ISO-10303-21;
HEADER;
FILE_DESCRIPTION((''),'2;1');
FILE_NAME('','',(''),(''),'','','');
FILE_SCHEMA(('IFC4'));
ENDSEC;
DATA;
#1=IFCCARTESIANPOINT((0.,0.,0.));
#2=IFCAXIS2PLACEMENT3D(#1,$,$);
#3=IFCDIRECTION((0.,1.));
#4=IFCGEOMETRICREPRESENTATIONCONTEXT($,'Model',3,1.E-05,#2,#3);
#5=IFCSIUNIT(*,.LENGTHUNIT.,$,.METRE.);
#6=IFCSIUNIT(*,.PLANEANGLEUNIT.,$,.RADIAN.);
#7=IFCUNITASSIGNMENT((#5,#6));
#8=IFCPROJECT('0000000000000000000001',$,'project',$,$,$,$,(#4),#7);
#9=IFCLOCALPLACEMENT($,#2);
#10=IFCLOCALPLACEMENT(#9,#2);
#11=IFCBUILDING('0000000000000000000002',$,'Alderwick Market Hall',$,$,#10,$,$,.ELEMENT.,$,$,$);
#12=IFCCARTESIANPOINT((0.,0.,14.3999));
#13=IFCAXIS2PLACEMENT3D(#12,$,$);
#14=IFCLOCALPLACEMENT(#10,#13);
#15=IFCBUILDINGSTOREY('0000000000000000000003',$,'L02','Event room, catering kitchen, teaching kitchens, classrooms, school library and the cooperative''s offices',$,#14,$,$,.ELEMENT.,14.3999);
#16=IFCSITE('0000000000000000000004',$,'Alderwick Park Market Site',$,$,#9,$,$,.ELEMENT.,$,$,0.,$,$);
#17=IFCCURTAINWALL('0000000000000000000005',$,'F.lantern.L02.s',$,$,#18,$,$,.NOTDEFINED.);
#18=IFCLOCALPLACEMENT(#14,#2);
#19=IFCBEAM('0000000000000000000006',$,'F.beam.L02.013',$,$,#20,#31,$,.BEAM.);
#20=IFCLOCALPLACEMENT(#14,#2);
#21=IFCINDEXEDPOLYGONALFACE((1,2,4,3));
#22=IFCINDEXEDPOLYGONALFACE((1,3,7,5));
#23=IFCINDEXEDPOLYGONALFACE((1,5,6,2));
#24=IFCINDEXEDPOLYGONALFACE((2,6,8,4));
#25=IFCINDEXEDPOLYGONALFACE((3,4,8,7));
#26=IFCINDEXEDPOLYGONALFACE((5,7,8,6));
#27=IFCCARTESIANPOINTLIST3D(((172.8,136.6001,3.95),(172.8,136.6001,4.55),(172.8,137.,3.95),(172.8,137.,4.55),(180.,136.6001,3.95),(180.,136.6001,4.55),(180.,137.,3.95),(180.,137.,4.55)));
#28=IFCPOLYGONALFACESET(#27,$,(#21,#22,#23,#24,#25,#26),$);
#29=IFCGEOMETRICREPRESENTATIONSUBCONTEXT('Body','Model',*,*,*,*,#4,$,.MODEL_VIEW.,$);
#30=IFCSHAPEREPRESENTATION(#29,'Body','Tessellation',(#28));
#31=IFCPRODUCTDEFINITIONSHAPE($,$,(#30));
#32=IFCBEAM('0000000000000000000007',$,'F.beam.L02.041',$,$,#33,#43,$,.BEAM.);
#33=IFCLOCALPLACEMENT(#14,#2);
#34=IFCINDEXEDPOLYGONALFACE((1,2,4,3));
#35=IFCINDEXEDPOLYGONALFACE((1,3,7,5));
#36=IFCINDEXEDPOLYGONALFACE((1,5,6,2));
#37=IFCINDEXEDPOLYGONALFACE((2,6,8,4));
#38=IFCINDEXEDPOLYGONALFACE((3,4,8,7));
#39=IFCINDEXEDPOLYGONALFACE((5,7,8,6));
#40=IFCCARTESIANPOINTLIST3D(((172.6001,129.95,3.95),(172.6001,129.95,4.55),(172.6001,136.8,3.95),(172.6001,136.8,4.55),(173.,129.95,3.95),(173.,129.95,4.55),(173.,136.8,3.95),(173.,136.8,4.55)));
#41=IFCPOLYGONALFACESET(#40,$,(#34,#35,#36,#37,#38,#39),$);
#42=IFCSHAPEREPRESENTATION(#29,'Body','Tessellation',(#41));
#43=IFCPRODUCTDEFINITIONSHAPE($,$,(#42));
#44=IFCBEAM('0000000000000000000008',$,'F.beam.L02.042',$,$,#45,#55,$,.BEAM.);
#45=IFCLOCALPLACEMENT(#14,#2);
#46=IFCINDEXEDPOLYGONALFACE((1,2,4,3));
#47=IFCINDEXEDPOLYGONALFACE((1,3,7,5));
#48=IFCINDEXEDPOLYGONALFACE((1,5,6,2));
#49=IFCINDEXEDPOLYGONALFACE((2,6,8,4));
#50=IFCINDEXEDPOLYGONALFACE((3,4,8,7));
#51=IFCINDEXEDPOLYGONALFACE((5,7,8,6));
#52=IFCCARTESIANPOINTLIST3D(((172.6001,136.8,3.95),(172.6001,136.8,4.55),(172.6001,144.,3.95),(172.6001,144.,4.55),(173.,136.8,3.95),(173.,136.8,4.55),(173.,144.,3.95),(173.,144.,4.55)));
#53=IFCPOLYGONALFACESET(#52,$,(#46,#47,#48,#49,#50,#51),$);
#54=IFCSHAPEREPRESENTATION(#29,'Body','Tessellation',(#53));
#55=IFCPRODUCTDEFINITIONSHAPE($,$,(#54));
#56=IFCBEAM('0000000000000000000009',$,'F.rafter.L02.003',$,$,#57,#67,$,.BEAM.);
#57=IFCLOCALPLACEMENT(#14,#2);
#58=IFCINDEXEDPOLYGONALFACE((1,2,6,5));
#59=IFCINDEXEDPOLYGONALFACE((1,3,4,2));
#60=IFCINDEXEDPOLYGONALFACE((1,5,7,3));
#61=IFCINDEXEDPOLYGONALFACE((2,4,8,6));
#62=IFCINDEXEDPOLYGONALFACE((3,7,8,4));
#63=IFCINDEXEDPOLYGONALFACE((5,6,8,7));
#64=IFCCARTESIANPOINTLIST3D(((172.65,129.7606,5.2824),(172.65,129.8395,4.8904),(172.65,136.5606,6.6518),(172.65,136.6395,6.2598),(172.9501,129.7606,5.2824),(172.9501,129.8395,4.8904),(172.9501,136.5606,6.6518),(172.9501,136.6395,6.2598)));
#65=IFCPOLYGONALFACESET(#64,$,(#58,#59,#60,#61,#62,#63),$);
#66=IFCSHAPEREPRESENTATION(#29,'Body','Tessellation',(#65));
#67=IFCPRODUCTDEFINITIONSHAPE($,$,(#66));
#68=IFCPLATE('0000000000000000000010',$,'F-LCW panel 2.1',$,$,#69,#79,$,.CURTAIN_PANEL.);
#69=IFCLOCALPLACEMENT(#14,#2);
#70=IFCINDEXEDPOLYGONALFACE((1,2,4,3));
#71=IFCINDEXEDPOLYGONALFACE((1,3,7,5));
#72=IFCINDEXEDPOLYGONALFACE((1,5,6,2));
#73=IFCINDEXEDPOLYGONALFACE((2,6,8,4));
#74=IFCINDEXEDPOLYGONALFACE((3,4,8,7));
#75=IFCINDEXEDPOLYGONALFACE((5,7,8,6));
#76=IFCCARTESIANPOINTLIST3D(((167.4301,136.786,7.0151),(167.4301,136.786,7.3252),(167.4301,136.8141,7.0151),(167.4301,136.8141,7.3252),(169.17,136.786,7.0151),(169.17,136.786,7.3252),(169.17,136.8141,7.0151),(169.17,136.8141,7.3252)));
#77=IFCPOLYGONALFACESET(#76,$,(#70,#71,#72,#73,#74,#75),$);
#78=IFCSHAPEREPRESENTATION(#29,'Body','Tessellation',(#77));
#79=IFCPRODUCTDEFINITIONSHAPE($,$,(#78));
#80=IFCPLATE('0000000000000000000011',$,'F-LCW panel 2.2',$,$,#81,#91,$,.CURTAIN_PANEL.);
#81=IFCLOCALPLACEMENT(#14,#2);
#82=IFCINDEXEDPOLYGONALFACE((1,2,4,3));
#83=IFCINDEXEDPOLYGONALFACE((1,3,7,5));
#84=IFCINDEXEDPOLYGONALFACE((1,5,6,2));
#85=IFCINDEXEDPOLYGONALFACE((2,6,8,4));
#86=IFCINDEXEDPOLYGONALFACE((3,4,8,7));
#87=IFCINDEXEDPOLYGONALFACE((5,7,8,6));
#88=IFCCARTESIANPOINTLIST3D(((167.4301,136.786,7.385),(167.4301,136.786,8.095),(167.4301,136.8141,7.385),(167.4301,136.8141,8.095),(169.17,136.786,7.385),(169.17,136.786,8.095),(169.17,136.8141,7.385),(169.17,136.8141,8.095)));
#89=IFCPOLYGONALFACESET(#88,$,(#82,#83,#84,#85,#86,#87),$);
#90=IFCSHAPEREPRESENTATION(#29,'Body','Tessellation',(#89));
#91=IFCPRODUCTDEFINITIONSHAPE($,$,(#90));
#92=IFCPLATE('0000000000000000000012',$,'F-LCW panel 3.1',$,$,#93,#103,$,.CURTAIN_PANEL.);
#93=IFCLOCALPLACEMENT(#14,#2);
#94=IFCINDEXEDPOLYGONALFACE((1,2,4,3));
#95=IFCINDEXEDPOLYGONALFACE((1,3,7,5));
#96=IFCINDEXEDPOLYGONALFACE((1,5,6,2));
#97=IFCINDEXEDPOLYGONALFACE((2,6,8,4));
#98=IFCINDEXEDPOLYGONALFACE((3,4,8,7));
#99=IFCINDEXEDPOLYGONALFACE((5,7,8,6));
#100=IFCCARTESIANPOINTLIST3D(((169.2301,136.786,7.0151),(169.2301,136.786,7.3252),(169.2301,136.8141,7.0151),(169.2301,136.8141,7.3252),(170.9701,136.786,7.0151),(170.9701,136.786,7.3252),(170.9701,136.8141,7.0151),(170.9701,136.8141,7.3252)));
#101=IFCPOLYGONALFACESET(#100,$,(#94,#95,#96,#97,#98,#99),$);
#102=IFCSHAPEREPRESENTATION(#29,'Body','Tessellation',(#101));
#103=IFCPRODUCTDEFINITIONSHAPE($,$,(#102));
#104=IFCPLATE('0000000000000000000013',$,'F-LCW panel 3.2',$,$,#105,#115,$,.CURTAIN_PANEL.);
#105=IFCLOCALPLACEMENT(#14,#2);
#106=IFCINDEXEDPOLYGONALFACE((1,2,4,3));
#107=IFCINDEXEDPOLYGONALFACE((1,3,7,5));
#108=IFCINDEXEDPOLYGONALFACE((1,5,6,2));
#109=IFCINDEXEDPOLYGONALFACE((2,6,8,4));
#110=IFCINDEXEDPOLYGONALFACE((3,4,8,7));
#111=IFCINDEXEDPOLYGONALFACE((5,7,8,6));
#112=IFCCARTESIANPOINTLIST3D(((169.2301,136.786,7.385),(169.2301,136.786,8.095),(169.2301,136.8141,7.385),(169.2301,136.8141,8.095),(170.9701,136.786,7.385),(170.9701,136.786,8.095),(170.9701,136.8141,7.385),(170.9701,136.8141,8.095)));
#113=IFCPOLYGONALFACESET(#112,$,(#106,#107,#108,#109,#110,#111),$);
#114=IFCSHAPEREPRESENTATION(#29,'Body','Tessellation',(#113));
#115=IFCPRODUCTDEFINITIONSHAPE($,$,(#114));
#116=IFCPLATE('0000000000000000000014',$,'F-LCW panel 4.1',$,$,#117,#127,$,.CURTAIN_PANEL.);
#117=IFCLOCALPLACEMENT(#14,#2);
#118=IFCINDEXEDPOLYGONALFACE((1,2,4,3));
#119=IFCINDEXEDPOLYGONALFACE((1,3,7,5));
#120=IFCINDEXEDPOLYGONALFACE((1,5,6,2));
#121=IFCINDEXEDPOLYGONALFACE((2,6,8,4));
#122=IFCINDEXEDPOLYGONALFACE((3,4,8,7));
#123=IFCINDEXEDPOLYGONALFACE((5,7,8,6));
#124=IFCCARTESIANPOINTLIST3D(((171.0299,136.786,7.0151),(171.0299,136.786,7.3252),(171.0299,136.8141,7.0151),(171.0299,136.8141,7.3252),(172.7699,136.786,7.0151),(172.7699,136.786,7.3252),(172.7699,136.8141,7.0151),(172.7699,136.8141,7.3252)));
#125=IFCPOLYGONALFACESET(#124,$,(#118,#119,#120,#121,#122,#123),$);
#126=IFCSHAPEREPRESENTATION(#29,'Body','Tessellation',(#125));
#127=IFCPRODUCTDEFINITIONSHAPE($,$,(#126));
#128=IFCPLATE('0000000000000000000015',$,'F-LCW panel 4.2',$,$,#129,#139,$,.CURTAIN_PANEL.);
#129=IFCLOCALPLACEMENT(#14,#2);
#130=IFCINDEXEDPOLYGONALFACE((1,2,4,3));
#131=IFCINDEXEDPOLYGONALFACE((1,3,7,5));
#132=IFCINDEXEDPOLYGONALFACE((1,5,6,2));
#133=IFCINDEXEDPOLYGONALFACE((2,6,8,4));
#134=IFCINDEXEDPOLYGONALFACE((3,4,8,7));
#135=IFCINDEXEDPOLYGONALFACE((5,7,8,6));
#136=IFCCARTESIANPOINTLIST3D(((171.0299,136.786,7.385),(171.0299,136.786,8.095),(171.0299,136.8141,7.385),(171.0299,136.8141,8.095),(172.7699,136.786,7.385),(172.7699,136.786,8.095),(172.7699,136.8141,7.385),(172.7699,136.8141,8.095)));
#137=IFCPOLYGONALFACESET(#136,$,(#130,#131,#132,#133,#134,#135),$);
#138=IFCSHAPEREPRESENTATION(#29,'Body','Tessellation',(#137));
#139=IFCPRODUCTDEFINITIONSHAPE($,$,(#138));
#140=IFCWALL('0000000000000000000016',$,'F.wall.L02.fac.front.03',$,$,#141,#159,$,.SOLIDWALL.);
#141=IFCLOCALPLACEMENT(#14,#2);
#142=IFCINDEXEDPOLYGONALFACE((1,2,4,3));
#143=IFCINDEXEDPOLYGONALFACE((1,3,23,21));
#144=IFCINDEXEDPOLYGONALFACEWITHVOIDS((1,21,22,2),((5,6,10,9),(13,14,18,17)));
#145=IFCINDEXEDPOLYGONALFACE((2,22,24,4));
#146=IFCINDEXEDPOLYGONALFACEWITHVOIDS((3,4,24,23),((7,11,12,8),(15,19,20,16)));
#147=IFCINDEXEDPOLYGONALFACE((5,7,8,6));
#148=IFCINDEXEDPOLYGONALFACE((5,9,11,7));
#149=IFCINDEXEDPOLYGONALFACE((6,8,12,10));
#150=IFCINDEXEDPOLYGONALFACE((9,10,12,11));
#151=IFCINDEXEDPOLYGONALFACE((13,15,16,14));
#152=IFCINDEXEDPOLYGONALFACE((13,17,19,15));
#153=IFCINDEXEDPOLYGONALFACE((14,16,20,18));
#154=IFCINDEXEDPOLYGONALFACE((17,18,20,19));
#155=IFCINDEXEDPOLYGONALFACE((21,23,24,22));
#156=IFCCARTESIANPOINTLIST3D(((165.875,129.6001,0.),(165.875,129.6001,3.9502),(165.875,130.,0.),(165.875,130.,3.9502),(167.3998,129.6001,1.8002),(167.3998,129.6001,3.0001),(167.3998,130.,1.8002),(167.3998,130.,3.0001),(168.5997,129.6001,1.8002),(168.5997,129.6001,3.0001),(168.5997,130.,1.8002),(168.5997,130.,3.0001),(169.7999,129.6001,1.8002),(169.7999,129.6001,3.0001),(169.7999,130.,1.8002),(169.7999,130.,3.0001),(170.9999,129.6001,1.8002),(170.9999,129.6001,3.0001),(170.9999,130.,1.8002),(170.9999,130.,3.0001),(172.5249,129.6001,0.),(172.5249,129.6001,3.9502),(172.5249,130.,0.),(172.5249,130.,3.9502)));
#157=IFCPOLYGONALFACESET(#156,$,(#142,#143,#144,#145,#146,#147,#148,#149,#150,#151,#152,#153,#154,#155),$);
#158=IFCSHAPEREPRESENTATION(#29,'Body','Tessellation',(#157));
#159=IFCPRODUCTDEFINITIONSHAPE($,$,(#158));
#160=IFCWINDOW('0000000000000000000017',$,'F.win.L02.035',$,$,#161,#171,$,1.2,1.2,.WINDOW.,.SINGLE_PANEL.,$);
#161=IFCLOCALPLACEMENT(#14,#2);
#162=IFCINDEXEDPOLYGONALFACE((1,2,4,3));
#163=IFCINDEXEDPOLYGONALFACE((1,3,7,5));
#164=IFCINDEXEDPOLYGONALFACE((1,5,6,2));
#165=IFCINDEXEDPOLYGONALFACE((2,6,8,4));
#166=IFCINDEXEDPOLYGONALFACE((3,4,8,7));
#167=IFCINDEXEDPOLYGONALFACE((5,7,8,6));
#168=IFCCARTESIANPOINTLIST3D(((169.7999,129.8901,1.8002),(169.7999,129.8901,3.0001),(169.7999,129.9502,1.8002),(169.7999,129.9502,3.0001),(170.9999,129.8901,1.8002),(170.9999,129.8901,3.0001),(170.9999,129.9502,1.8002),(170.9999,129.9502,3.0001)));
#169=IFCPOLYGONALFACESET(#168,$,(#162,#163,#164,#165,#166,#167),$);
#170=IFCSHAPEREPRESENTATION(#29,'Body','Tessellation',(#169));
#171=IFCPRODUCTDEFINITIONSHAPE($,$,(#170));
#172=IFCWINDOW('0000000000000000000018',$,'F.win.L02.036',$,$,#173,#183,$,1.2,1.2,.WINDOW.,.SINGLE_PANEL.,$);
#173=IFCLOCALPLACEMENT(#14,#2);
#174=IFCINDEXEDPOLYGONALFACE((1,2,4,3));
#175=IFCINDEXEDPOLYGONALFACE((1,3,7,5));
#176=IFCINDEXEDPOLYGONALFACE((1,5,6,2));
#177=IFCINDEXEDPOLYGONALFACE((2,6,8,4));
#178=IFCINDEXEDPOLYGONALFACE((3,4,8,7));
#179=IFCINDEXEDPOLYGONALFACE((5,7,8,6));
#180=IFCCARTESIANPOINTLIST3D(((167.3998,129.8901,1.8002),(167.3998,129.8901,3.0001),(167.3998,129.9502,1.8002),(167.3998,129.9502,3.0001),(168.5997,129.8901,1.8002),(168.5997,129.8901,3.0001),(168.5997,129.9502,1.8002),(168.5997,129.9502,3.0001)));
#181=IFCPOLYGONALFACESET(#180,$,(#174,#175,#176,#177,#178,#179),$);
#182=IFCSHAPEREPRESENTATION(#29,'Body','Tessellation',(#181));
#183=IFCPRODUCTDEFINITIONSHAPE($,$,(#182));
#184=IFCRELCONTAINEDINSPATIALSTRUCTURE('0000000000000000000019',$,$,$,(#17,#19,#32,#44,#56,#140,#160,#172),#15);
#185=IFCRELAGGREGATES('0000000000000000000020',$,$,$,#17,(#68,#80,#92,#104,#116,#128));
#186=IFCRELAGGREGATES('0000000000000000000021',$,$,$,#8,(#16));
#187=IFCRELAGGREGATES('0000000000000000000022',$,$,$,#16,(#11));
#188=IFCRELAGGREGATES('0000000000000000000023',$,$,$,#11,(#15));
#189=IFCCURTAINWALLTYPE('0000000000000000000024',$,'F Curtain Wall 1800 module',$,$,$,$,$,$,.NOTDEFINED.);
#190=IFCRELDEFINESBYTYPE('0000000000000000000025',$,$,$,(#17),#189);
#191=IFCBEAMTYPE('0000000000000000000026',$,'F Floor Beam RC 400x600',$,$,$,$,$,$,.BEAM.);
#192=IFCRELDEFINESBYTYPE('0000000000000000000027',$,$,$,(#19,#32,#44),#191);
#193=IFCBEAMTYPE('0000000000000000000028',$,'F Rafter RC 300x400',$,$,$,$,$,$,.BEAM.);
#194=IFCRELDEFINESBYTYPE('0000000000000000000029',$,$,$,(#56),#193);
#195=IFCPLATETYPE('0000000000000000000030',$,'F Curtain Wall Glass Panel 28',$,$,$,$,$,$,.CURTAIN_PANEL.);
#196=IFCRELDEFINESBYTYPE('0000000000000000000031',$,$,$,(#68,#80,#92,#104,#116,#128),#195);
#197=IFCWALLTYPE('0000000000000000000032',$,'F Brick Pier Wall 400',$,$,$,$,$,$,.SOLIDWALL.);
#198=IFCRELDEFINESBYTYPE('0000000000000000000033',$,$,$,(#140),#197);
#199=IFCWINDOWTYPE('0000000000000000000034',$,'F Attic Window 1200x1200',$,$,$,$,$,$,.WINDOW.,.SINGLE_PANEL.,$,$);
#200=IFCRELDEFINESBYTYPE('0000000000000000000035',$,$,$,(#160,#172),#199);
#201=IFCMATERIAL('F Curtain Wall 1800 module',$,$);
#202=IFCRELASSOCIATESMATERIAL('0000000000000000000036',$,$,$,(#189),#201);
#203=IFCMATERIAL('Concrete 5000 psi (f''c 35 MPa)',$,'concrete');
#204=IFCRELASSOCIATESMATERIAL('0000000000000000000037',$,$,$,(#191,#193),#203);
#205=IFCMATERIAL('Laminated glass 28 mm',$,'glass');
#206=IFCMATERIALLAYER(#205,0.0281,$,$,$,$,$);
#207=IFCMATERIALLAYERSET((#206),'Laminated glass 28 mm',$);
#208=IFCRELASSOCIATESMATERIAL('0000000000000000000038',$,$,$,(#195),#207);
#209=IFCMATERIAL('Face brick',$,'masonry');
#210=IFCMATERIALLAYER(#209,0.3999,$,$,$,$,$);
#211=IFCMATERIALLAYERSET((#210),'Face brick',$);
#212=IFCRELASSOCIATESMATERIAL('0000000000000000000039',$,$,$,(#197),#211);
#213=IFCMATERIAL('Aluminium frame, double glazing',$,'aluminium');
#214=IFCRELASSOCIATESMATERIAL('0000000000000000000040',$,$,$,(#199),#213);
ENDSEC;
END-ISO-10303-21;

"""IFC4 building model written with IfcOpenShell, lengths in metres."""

from ifc_helpers import new_model, si_unit, direction, frame, frame_2d, origin, origin_2d, place, context, subcontext, project, spatial, rectangle, extrude, material, layer, layer_set, material_profile, profile_set, type_object, element, fill, aggregate, save


model = new_model("IFC4")

# Units and contexts
model_context = context("Model", 3, precision=1e-05, world=origin(), true_north=direction((0.0, 1.0)))
body_context = subcontext(model_context, "Body", "Model", "MODEL_VIEW")
ifc_project = project(units=[si_unit("LENGTHUNIT", "METRE"), si_unit("PLANEANGLEUNIT", "RADIAN")], contexts=[model_context])

# Site, building, storey
site_placement = place(None, origin())
site = spatial("IfcSite", under=ifc_project, at=site_placement, Name="Alderwick Park Market Site", CompositionType="ELEMENT", RefElevation=0.0)
building_placement = place(site_placement, origin())
building = spatial("IfcBuilding", under=site, at=building_placement, Name="Alderwick Market Hall", CompositionType="ELEMENT")
storey_placement = place(building_placement, frame((0.0, 0.0, 14.3999)))
storey = spatial("IfcBuildingStorey", under=building, at=storey_placement, Name="L02", Description="Event room, catering kitchen, teaching kitchens, classrooms, school library and the cooperative's offices", CompositionType="ELEMENT", Elevation=14.3999)

# Shared definitions
ifc_material_1 = material(Name="Concrete 5000 psi (f'c 35 MPa)", Category="concrete")

# Curtain wall
ifc_material_2 = material(Name="F Curtain Wall 1800 module")
curtain_wall_type = type_object("IfcCurtainWallType", Name="F Curtain Wall 1800 module", PredefinedType="NOTDEFINED", material=ifc_material_2)
curtain_wall_placement = place(storey_placement, origin())
curtain_wall = element("IfcCurtainWall", 1, at=curtain_wall_placement, inside=storey, type_object=curtain_wall_type, Name="F.lantern.L02.s", PredefinedType="NOTDEFINED")

# Beams
ifc_material_profile_1 = material_profile(ifc_material_1, rectangle(XDim=0.3999, YDim=0.6001, at=origin_2d()), Name="RC 400x600")
ifc_profile_set_1 = profile_set([ifc_material_profile_1], Name="Concrete 5000 psi (f'c 35 MPa)")
beam_type_1 = type_object("IfcBeamType", Name="F Floor Beam RC 400x600", PredefinedType="BEAM", material=ifc_profile_set_1)
for number, where, z_axis, x_axis, name in (
    (2, (172.8, 136.8, 4.25), (1.0, 0.0, 0.0), (0.0, 1.0, 0.0), "F.beam.L02.013"),
):
    element("IfcBeam", number, at=place(storey_placement, frame(where, z_axis=z_axis, x_axis=x_axis)), inside=storey, type_object=beam_type_1, Name=name, PredefinedType="BEAM", context=body_context, shape_type="SweptSolid", body=[
        extrude(rectangle(XDim=0.3999, YDim=0.6001, at=origin_2d()), origin(), (0.0, 0.0, 1.0), 7.2),
    ])
beam_1_placement = place(storey_placement, frame((172.8, 129.95, 4.25), z_axis=(0.0, 1.0, 0.0), x_axis=(-1.0, 0.0, 0.0)))
element("IfcBeam", 3, at=beam_1_placement, inside=storey, type_object=beam_type_1, Name="F.beam.L02.041", PredefinedType="BEAM", context=body_context, shape_type="SweptSolid", body=[
    extrude(rectangle(XDim=0.3999, YDim=0.6001, at=origin_2d()), origin(), (0.0, 0.0, 1.0), 6.8501),
])
beam_2_placement = place(storey_placement, frame((172.8, 136.8, 4.25), z_axis=(0.0, 1.0, 0.0), x_axis=(-1.0, 0.0, 0.0)))
element("IfcBeam", 4, at=beam_2_placement, inside=storey, type_object=beam_type_1, Name="F.beam.L02.042", PredefinedType="BEAM", context=body_context, shape_type="SweptSolid", body=[
    extrude(rectangle(XDim=0.3999, YDim=0.6001, at=origin_2d()), origin(), (0.0, 0.0, 1.0), 7.2),
])
ifc_material_profile_2 = material_profile(ifc_material_1, rectangle(XDim=0.3, YDim=0.3999, at=origin_2d()), Name="RC 300x400")
ifc_profile_set_2 = profile_set([ifc_material_profile_2], Name="Concrete 5000 psi (f'c 35 MPa)")
beam_type_2 = type_object("IfcBeamType", Name="F Rafter RC 300x400", PredefinedType="BEAM", material=ifc_profile_set_2)
beam_3_placement = place(storey_placement, frame((172.8, 129.8, 5.0864), z_axis=(0.0, 0.98032, 0.197416), x_axis=(-1.0, 0.0, 0.0)))
element("IfcBeam", 5, at=beam_3_placement, inside=storey, type_object=beam_type_2, Name="F.rafter.L02.003", PredefinedType="BEAM", context=body_context, shape_type="SweptSolid", body=[
    extrude(rectangle(XDim=0.3, YDim=0.3999, at=origin_2d()), origin(), (0.0, 0.0, 1.0), 6.9365),
])

# Plates
ifc_material_3 = material(Name="Laminated glass 28 mm", Category="glass")
ifc_layer_1 = layer(ifc_material_3, 0.0281)
ifc_layer_set_1 = layer_set([ifc_layer_1], Name="Laminated glass 28 mm")
plate_type = type_object("IfcPlateType", Name="F Curtain Wall Glass Panel 28", PredefinedType="CURTAIN_PANEL", material=ifc_layer_set_1)
plate_1_placement = place(storey_placement, frame((168.3, 136.8, 7.0151), z_axis=(0.0, 0.0, 1.0), x_axis=(1.0, 0.0, 0.0)))
plate_1 = element("IfcPlate", 6, at=plate_1_placement, type_object=plate_type, Name="F-LCW panel 2.1", PredefinedType="CURTAIN_PANEL", context=body_context, shape_type="SweptSolid", body=[
    extrude(rectangle(XDim=1.74, YDim=0.0281, at=origin_2d()), origin(), (0.0, 0.0, 1.0), 0.3101),
])
plate_2_placement = place(storey_placement, frame((168.3, 136.8, 7.385), z_axis=(0.0, 0.0, 1.0), x_axis=(1.0, 0.0, 0.0)))
plate_2 = element("IfcPlate", 7, at=plate_2_placement, type_object=plate_type, Name="F-LCW panel 2.2", PredefinedType="CURTAIN_PANEL", context=body_context, shape_type="SweptSolid", body=[
    extrude(rectangle(XDim=1.74, YDim=0.0281, at=origin_2d()), origin(), (0.0, 0.0, 1.0), 0.71),
])
plate_3_placement = place(storey_placement, frame((170.1001, 136.8, 7.0151), z_axis=(0.0, 0.0, 1.0), x_axis=(1.0, 0.0, 0.0)))
plate_3 = element("IfcPlate", 8, at=plate_3_placement, type_object=plate_type, Name="F-LCW panel 3.1", PredefinedType="CURTAIN_PANEL", context=body_context, shape_type="SweptSolid", body=[
    extrude(rectangle(XDim=1.74, YDim=0.0281, at=origin_2d()), origin(), (0.0, 0.0, 1.0), 0.3101),
])
plate_4_placement = place(storey_placement, frame((170.1001, 136.8, 7.385), z_axis=(0.0, 0.0, 1.0), x_axis=(1.0, 0.0, 0.0)))
plate_4 = element("IfcPlate", 9, at=plate_4_placement, type_object=plate_type, Name="F-LCW panel 3.2", PredefinedType="CURTAIN_PANEL", context=body_context, shape_type="SweptSolid", body=[
    extrude(rectangle(XDim=1.74, YDim=0.0281, at=origin_2d()), origin(), (0.0, 0.0, 1.0), 0.71),
])
plate_5_placement = place(storey_placement, frame((171.8999, 136.8, 7.0151), z_axis=(0.0, 0.0, 1.0), x_axis=(1.0, 0.0, 0.0)))
plate_5 = element("IfcPlate", 10, at=plate_5_placement, type_object=plate_type, Name="F-LCW panel 4.1", PredefinedType="CURTAIN_PANEL", context=body_context, shape_type="SweptSolid", body=[
    extrude(rectangle(XDim=1.74, YDim=0.0281, at=origin_2d()), origin(), (0.0, 0.0, 1.0), 0.3101),
])
plate_6_placement = place(storey_placement, frame((171.8999, 136.8, 7.385), z_axis=(0.0, 0.0, 1.0), x_axis=(1.0, 0.0, 0.0)))
plate_6 = element("IfcPlate", 11, at=plate_6_placement, type_object=plate_type, Name="F-LCW panel 4.2", PredefinedType="CURTAIN_PANEL", context=body_context, shape_type="SweptSolid", body=[
    extrude(rectangle(XDim=1.74, YDim=0.0281, at=origin_2d()), origin(), (0.0, 0.0, 1.0), 0.71),
])
aggregate(curtain_wall, [plate_1, plate_2, plate_3, plate_4, plate_5, plate_6])

# Wall, openings, windows
ifc_material_4 = material(Name="Face brick", Category="masonry")
ifc_layer_2 = layer(ifc_material_4, 0.3999)
ifc_layer_set_2 = layer_set([ifc_layer_2], Name="Face brick")
wall_type = type_object("IfcWallType", Name="F Brick Pier Wall 400", PredefinedType="SOLIDWALL", material=ifc_layer_set_2)
wall_placement = place(storey_placement, frame((172.5249, 129.8, 0.0), z_axis=(0.0, 0.0, 1.0), x_axis=(-1.0, 0.0, 0.0)))
wall = element("IfcWall", 12, at=wall_placement, inside=storey, type_object=wall_type, Name="F.wall.L02.fac.front.03", PredefinedType="SOLIDWALL", context=body_context, shape_type="SweptSolid", body=[
    extrude(rectangle(XDim=6.6499, YDim=0.3999, at=frame_2d((3.325, 0.0))), origin(), (0.0, 0.0, 1.0), 3.9502),
])
opening_1_placement = place(wall_placement, frame((1.5249, 0.0, 1.8)))
opening_1 = element("IfcOpeningElement", 13, at=opening_1_placement, cuts=wall, PredefinedType="OPENING", context=body_context, shape_type="SweptSolid", body=[
    extrude(rectangle(XDim=1.2, YDim=1.2, at=frame_2d((0.6001, 0.6001))), frame((0.0, 0.21, 0.0), z_axis=(0.0, -1.0, 0.0), x_axis=(1.0, 0.0, 0.0)), (0.0, 0.0, 1.0), 0.4199),
])
opening_2_placement = place(wall_placement, frame((3.925, 0.0, 1.8)))
opening_2 = element("IfcOpeningElement", 14, at=opening_2_placement, cuts=wall, PredefinedType="OPENING", context=body_context, shape_type="SweptSolid", body=[
    extrude(rectangle(XDim=1.2, YDim=1.2, at=frame_2d((0.6001, 0.6001))), frame((0.0, 0.21, 0.0), z_axis=(0.0, -1.0, 0.0), x_axis=(1.0, 0.0, 0.0)), (0.0, 0.0, 1.0), 0.4199),
])
ifc_material_5 = material(Name="Aluminium frame, double glazing", Category="aluminium")
window_type = type_object("IfcWindowType", Name="F Attic Window 1200x1200", PartitioningType="SINGLE_PANEL", PredefinedType="WINDOW", material=ifc_material_5)
window_1_placement = place(opening_1_placement, origin())
window_1 = element("IfcWindow", 15, at=window_1_placement, inside=storey, type_object=window_type, Name="F.win.L02.035", OverallHeight=1.2, OverallWidth=1.2, PartitioningType="SINGLE_PANEL", PredefinedType="WINDOW", context=body_context, shape_type="SweptSolid", body=[
    extrude(rectangle(XDim=1.2, YDim=1.2, at=frame_2d((0.6001, 0.6001))), frame((0.0, -0.0901, 0.0), z_axis=(0.0, -1.0, 0.0), x_axis=(1.0, 0.0, 0.0)), (0.0, 0.0, 1.0), 0.0601),
])
fill(opening_1, window_1)
window_2_placement = place(opening_2_placement, origin())
window_2 = element("IfcWindow", 16, at=window_2_placement, inside=storey, type_object=window_type, Name="F.win.L02.036", OverallHeight=1.2, OverallWidth=1.2, PartitioningType="SINGLE_PANEL", PredefinedType="WINDOW", context=body_context, shape_type="SweptSolid", body=[
    extrude(rectangle(XDim=1.2, YDim=1.2, at=frame_2d((0.6001, 0.6001))), frame((0.0, -0.0901, 0.0), z_axis=(0.0, -1.0, 0.0), x_axis=(1.0, 0.0, 0.0)), (0.0, 0.0, 1.0), 0.0601),
])
fill(opening_2, window_2)

save(model, "model.ifc")
